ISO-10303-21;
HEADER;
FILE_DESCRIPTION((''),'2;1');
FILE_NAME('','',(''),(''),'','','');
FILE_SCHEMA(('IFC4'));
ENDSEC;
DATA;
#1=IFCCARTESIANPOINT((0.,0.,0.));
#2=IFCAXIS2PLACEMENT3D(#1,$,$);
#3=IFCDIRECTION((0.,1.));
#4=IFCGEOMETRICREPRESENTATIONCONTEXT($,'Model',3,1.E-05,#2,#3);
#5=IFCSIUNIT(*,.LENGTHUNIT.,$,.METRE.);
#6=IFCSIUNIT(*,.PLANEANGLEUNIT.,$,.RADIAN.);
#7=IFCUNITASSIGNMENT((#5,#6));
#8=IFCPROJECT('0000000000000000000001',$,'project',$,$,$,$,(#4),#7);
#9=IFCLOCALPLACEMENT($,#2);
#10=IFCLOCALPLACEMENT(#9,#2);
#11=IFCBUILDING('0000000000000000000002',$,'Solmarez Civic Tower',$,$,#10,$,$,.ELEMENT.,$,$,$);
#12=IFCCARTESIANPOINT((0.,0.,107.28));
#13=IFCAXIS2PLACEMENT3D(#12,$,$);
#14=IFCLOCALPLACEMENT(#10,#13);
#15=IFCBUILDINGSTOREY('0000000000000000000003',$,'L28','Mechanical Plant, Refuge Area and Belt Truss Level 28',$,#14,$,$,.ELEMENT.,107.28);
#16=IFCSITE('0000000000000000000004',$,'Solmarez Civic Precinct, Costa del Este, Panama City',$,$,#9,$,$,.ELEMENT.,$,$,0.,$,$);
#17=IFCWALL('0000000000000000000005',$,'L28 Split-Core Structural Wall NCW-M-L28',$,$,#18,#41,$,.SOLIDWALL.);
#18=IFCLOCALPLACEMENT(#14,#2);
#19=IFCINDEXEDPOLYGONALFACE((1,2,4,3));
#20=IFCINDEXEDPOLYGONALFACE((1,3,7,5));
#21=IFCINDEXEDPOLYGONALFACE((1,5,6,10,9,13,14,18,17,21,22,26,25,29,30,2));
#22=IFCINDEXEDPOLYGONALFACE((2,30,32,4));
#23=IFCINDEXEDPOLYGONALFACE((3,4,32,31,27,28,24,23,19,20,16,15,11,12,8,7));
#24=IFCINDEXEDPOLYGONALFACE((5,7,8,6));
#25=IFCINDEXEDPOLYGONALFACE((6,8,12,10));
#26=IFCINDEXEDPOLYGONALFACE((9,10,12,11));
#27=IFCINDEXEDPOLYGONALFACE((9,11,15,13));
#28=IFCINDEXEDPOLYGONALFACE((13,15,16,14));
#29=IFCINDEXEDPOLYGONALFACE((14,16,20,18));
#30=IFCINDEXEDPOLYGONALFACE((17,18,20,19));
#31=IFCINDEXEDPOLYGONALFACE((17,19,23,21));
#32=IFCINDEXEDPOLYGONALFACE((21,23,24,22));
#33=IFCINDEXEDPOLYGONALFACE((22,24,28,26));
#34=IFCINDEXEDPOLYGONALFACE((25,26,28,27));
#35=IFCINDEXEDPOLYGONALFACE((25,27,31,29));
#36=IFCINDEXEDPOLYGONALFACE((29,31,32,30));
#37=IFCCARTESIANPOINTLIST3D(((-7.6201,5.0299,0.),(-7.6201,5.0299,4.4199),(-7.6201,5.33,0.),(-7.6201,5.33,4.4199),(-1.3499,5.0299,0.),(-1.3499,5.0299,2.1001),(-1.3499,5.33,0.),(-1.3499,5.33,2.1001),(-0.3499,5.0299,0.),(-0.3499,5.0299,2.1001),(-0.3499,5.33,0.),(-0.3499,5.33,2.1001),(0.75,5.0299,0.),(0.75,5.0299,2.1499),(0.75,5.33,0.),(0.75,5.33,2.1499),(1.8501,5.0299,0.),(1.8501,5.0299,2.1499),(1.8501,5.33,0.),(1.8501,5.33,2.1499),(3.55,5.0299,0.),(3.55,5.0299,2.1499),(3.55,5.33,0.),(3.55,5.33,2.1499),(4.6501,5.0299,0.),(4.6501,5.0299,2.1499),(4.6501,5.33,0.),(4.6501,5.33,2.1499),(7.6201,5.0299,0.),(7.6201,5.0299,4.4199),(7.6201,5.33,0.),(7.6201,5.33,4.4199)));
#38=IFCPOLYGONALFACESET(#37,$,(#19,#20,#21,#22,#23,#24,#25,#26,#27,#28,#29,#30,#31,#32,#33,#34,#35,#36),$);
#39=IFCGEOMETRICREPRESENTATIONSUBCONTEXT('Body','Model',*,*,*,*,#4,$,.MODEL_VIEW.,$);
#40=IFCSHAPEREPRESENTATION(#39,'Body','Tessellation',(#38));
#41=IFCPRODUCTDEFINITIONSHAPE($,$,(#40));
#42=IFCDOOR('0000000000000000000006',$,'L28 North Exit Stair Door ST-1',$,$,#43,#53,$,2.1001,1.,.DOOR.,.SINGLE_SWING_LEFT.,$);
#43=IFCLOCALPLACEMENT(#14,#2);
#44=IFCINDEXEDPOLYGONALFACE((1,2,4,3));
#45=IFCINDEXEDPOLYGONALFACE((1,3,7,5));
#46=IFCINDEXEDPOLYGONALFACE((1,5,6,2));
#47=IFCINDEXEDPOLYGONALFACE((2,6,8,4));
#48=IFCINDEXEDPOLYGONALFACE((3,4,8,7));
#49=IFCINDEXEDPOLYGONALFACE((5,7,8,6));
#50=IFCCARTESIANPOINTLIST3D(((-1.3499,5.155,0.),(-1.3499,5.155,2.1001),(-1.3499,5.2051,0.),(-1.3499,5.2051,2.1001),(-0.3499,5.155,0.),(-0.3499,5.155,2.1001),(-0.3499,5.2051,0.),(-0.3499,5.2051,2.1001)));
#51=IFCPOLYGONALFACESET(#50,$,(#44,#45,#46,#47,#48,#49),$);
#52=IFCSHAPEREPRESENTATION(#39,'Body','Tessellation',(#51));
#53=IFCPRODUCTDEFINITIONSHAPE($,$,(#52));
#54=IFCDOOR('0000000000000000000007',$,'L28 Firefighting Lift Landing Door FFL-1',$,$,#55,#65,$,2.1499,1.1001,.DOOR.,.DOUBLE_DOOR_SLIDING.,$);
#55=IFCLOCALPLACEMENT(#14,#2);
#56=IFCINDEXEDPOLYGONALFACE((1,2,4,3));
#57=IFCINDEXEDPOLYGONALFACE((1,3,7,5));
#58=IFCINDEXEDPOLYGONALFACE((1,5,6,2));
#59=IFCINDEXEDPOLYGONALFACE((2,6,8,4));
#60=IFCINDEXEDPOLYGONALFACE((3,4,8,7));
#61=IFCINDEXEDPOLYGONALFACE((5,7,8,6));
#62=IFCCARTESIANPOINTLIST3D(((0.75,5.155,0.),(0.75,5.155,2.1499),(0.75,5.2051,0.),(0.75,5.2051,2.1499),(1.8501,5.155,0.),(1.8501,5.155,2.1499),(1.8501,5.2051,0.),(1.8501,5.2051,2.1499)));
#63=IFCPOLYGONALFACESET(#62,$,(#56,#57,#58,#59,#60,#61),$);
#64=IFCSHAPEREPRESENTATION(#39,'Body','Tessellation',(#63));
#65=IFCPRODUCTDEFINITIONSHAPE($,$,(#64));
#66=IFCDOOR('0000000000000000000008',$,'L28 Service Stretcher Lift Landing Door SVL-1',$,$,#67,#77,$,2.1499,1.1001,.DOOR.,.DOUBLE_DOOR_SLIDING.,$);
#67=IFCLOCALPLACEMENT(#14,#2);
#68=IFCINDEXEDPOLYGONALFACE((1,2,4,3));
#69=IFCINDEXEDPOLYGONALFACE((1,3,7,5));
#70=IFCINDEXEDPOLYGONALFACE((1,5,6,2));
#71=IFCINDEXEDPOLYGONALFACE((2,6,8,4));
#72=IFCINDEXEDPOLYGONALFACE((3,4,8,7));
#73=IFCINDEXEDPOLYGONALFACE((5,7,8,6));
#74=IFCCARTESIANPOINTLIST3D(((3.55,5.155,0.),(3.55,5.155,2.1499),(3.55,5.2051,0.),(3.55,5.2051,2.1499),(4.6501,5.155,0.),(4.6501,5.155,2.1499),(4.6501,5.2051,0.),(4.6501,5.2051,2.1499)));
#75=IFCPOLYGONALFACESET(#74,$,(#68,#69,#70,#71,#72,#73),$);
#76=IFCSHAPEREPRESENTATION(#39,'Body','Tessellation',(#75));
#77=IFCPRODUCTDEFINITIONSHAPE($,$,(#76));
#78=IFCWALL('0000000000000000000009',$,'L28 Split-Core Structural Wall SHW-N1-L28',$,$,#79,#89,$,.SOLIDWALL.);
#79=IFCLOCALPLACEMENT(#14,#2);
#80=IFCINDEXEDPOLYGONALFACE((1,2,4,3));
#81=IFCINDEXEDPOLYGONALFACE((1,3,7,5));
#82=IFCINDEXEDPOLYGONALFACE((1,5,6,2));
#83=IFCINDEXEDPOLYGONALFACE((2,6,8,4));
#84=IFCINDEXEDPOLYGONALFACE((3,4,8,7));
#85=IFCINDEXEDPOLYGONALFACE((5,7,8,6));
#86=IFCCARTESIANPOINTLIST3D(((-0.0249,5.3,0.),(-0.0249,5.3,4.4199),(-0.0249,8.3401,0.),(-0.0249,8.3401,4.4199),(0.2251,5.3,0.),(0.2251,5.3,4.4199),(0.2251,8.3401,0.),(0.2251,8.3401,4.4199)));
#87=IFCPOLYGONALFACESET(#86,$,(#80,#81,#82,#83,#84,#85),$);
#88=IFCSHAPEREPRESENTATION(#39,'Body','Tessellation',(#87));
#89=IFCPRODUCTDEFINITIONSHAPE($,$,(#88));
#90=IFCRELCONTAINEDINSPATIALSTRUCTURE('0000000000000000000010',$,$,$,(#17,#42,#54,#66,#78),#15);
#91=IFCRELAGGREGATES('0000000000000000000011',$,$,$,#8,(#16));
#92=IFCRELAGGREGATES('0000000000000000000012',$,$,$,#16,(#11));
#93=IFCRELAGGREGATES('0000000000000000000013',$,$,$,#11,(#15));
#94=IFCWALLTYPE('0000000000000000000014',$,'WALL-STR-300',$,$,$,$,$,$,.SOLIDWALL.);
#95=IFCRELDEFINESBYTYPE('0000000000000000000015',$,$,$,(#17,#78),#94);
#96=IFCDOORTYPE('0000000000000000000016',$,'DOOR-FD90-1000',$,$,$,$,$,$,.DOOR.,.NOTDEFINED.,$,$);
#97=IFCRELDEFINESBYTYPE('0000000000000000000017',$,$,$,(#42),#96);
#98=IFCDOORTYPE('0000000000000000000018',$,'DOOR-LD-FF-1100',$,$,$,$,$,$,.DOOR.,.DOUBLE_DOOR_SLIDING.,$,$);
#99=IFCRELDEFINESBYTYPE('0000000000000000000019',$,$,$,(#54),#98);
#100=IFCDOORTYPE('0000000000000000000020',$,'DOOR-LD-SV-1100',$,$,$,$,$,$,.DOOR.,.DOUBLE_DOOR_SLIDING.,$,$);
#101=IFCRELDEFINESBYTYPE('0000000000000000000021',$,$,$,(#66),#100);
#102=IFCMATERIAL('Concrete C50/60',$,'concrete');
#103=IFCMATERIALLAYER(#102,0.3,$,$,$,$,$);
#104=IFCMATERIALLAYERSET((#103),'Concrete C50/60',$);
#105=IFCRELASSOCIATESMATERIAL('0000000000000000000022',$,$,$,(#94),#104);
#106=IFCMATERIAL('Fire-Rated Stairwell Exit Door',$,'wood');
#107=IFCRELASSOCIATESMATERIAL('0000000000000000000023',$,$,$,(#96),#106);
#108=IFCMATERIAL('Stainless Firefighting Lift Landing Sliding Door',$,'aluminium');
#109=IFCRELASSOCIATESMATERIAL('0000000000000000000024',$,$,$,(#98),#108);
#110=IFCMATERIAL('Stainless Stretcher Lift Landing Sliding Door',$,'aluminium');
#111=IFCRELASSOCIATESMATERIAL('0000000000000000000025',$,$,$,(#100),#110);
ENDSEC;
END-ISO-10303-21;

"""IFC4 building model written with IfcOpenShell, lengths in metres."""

from ifc_helpers import new_model, si_unit, direction, frame, frame_2d, origin, place, context, subcontext, project, spatial, rectangle, extrude, material, layer, layer_set, type_object, element, fill, save


model = new_model("IFC4")

# Units and contexts
model_context = context("Model", 3, precision=1e-05, world=origin(), true_north=direction((0.0, 1.0)))
body_context = subcontext(model_context, "Body", "Model", "MODEL_VIEW")
ifc_project = project(units=[si_unit("LENGTHUNIT", "METRE"), si_unit("PLANEANGLEUNIT", "RADIAN")], contexts=[model_context])

# Site, building, storey
site_placement = place(None, origin())
site = spatial("IfcSite", under=ifc_project, at=site_placement, Name="Solmarez Civic Precinct, Costa del Este, Panama City", CompositionType="ELEMENT", RefElevation=0.0)
building_placement = place(site_placement, origin())
building = spatial("IfcBuilding", under=site, at=building_placement, Name="Solmarez Civic Tower", CompositionType="ELEMENT")
storey_placement = place(building_placement, frame((0.0, 0.0, 107.28)))
storey = spatial("IfcBuildingStorey", under=building, at=storey_placement, Name="L28", Description="Mechanical Plant, Refuge Area and Belt Truss Level 28", CompositionType="ELEMENT", Elevation=107.28)

# Shared definitions
ifc_material_1 = material(Name="Concrete C50/60", Category="concrete")

# Wall, openings, doors
ifc_layer_1 = layer(ifc_material_1, 0.3)
ifc_layer_set_1 = layer_set([ifc_layer_1], Name="Concrete C50/60")
wall_type_1 = type_object("IfcWallType", Name="WALL-STR-300", PredefinedType="SOLIDWALL", material=ifc_layer_set_1)
wall_1_placement = place(storey_placement, frame((7.6201, 5.1799, 0.0), z_axis=(0.0, 0.0, 1.0), x_axis=(-1.0, 0.0, 0.0)))
wall_1 = element("IfcWall", 1, at=wall_1_placement, inside=storey, type_object=wall_type_1, Name="L28 Split-Core Structural Wall NCW-M-L28", PredefinedType="SOLIDWALL", context=body_context, shape_type="SweptSolid", body=[
    extrude(rectangle(XDim=15.2402, YDim=0.3, at=frame_2d((7.6201, 0.0))), origin(), (0.0, 0.0, 1.0), 4.4199),
])
opening_1_placement = place(wall_1_placement, frame((5.77, 0.0, 0.0)))
opening_1 = element("IfcOpeningElement", 2, at=opening_1_placement, cuts=wall_1, PredefinedType="OPENING", context=body_context, shape_type="SweptSolid", body=[
    extrude(rectangle(XDim=1.1001, YDim=2.1499, at=frame_2d((0.55, 1.075))), frame((0.0, 0.1599, 0.0), z_axis=(0.0, -1.0, 0.0), x_axis=(1.0, 0.0, 0.0)), (0.0, 0.0, 1.0), 0.3201),
])
opening_2_placement = place(wall_1_placement, frame((2.97, 0.0, 0.0)))
opening_2 = element("IfcOpeningElement", 3, at=opening_2_placement, cuts=wall_1, PredefinedType="OPENING", context=body_context, shape_type="SweptSolid", body=[
    extrude(rectangle(XDim=1.1001, YDim=2.1499, at=frame_2d((0.55, 1.075))), frame((0.0, 0.1599, 0.0), z_axis=(0.0, -1.0, 0.0), x_axis=(1.0, 0.0, 0.0)), (0.0, 0.0, 1.0), 0.3201),
])
opening_3_placement = place(wall_1_placement, frame((7.97, 0.0, 0.0)))
opening_3 = element("IfcOpeningElement", 4, at=opening_3_placement, cuts=wall_1, PredefinedType="OPENING", context=body_context, shape_type="SweptSolid", body=[
    extrude(rectangle(XDim=1.0, YDim=2.1001, at=frame_2d((0.5, 1.05))), frame((0.0, 0.1599, 0.0), z_axis=(0.0, -1.0, 0.0), x_axis=(1.0, 0.0, 0.0)), (0.0, 0.0, 1.0), 0.3201),
])
ifc_material_2 = material(Name="Fire-Rated Stairwell Exit Door", Category="wood")
door_type_1 = type_object("IfcDoorType", Name="DOOR-FD90-1000", OperationType="NOTDEFINED", PredefinedType="DOOR", material=ifc_material_2)
door_1_placement = place(opening_3_placement, origin())
door_1 = element("IfcDoor", 5, at=door_1_placement, inside=storey, type_object=door_type_1, Name="L28 North Exit Stair Door ST-1", OperationType="SINGLE_SWING_LEFT", OverallHeight=2.1001, OverallWidth=1.0, PredefinedType="DOOR", context=body_context, shape_type="SweptSolid", body=[
    extrude(rectangle(XDim=1.0, YDim=2.1001, at=frame_2d((0.5, 1.05))), frame((0.0, 0.0249, 0.0), z_axis=(0.0, -1.0, 0.0), x_axis=(1.0, 0.0, 0.0)), (0.0, 0.0, 1.0), 0.05),
])
fill(opening_3, door_1)
ifc_material_3 = material(Name="Stainless Firefighting Lift Landing Sliding Door", Category="aluminium")
door_type_2 = type_object("IfcDoorType", Name="DOOR-LD-FF-1100", OperationType="DOUBLE_DOOR_SLIDING", PredefinedType="DOOR", material=ifc_material_3)
door_2_placement = place(opening_1_placement, origin())
door_2 = element("IfcDoor", 6, at=door_2_placement, inside=storey, type_object=door_type_2, Name="L28 Firefighting Lift Landing Door FFL-1", OperationType="DOUBLE_DOOR_SLIDING", OverallHeight=2.1499, OverallWidth=1.1001, PredefinedType="DOOR", context=body_context, shape_type="SweptSolid", body=[
    extrude(rectangle(XDim=1.1001, YDim=2.1499, at=frame_2d((0.55, 1.075))), frame((0.0, 0.0249, 0.0), z_axis=(0.0, -1.0, 0.0), x_axis=(1.0, 0.0, 0.0)), (0.0, 0.0, 1.0), 0.05),
])
fill(opening_1, door_2)
ifc_material_4 = material(Name="Stainless Stretcher Lift Landing Sliding Door", Category="aluminium")
door_type_3 = type_object("IfcDoorType", Name="DOOR-LD-SV-1100", OperationType="DOUBLE_DOOR_SLIDING", PredefinedType="DOOR", material=ifc_material_4)
door_3_placement = place(opening_2_placement, origin())
door_3 = element("IfcDoor", 7, at=door_3_placement, inside=storey, type_object=door_type_3, Name="L28 Service Stretcher Lift Landing Door SVL-1", OperationType="DOUBLE_DOOR_SLIDING", OverallHeight=2.1499, OverallWidth=1.1001, PredefinedType="DOOR", context=body_context, shape_type="SweptSolid", body=[
    extrude(rectangle(XDim=1.1001, YDim=2.1499, at=frame_2d((0.55, 1.075))), frame((0.0, 0.0249, 0.0), z_axis=(0.0, -1.0, 0.0), x_axis=(1.0, 0.0, 0.0)), (0.0, 0.0, 1.0), 0.05),
])
fill(opening_2, door_3)

# Wall
wall_2_placement = place(storey_placement, frame((0.1001, 5.3, 0.0), z_axis=(0.0, 0.0, 1.0), x_axis=(0.0, 1.0, 0.0)))
element("IfcWall", 8, at=wall_2_placement, inside=storey, type_object=wall_type_1, Name="L28 Split-Core Structural Wall SHW-N1-L28", PredefinedType="SOLIDWALL", context=body_context, shape_type="SweptSolid", body=[
    extrude(rectangle(XDim=3.04, YDim=0.25, at=frame_2d((1.52, 0.0))), origin(), (0.0, 0.0, 1.0), 4.4199),
])

save(model, "model.ifc")
